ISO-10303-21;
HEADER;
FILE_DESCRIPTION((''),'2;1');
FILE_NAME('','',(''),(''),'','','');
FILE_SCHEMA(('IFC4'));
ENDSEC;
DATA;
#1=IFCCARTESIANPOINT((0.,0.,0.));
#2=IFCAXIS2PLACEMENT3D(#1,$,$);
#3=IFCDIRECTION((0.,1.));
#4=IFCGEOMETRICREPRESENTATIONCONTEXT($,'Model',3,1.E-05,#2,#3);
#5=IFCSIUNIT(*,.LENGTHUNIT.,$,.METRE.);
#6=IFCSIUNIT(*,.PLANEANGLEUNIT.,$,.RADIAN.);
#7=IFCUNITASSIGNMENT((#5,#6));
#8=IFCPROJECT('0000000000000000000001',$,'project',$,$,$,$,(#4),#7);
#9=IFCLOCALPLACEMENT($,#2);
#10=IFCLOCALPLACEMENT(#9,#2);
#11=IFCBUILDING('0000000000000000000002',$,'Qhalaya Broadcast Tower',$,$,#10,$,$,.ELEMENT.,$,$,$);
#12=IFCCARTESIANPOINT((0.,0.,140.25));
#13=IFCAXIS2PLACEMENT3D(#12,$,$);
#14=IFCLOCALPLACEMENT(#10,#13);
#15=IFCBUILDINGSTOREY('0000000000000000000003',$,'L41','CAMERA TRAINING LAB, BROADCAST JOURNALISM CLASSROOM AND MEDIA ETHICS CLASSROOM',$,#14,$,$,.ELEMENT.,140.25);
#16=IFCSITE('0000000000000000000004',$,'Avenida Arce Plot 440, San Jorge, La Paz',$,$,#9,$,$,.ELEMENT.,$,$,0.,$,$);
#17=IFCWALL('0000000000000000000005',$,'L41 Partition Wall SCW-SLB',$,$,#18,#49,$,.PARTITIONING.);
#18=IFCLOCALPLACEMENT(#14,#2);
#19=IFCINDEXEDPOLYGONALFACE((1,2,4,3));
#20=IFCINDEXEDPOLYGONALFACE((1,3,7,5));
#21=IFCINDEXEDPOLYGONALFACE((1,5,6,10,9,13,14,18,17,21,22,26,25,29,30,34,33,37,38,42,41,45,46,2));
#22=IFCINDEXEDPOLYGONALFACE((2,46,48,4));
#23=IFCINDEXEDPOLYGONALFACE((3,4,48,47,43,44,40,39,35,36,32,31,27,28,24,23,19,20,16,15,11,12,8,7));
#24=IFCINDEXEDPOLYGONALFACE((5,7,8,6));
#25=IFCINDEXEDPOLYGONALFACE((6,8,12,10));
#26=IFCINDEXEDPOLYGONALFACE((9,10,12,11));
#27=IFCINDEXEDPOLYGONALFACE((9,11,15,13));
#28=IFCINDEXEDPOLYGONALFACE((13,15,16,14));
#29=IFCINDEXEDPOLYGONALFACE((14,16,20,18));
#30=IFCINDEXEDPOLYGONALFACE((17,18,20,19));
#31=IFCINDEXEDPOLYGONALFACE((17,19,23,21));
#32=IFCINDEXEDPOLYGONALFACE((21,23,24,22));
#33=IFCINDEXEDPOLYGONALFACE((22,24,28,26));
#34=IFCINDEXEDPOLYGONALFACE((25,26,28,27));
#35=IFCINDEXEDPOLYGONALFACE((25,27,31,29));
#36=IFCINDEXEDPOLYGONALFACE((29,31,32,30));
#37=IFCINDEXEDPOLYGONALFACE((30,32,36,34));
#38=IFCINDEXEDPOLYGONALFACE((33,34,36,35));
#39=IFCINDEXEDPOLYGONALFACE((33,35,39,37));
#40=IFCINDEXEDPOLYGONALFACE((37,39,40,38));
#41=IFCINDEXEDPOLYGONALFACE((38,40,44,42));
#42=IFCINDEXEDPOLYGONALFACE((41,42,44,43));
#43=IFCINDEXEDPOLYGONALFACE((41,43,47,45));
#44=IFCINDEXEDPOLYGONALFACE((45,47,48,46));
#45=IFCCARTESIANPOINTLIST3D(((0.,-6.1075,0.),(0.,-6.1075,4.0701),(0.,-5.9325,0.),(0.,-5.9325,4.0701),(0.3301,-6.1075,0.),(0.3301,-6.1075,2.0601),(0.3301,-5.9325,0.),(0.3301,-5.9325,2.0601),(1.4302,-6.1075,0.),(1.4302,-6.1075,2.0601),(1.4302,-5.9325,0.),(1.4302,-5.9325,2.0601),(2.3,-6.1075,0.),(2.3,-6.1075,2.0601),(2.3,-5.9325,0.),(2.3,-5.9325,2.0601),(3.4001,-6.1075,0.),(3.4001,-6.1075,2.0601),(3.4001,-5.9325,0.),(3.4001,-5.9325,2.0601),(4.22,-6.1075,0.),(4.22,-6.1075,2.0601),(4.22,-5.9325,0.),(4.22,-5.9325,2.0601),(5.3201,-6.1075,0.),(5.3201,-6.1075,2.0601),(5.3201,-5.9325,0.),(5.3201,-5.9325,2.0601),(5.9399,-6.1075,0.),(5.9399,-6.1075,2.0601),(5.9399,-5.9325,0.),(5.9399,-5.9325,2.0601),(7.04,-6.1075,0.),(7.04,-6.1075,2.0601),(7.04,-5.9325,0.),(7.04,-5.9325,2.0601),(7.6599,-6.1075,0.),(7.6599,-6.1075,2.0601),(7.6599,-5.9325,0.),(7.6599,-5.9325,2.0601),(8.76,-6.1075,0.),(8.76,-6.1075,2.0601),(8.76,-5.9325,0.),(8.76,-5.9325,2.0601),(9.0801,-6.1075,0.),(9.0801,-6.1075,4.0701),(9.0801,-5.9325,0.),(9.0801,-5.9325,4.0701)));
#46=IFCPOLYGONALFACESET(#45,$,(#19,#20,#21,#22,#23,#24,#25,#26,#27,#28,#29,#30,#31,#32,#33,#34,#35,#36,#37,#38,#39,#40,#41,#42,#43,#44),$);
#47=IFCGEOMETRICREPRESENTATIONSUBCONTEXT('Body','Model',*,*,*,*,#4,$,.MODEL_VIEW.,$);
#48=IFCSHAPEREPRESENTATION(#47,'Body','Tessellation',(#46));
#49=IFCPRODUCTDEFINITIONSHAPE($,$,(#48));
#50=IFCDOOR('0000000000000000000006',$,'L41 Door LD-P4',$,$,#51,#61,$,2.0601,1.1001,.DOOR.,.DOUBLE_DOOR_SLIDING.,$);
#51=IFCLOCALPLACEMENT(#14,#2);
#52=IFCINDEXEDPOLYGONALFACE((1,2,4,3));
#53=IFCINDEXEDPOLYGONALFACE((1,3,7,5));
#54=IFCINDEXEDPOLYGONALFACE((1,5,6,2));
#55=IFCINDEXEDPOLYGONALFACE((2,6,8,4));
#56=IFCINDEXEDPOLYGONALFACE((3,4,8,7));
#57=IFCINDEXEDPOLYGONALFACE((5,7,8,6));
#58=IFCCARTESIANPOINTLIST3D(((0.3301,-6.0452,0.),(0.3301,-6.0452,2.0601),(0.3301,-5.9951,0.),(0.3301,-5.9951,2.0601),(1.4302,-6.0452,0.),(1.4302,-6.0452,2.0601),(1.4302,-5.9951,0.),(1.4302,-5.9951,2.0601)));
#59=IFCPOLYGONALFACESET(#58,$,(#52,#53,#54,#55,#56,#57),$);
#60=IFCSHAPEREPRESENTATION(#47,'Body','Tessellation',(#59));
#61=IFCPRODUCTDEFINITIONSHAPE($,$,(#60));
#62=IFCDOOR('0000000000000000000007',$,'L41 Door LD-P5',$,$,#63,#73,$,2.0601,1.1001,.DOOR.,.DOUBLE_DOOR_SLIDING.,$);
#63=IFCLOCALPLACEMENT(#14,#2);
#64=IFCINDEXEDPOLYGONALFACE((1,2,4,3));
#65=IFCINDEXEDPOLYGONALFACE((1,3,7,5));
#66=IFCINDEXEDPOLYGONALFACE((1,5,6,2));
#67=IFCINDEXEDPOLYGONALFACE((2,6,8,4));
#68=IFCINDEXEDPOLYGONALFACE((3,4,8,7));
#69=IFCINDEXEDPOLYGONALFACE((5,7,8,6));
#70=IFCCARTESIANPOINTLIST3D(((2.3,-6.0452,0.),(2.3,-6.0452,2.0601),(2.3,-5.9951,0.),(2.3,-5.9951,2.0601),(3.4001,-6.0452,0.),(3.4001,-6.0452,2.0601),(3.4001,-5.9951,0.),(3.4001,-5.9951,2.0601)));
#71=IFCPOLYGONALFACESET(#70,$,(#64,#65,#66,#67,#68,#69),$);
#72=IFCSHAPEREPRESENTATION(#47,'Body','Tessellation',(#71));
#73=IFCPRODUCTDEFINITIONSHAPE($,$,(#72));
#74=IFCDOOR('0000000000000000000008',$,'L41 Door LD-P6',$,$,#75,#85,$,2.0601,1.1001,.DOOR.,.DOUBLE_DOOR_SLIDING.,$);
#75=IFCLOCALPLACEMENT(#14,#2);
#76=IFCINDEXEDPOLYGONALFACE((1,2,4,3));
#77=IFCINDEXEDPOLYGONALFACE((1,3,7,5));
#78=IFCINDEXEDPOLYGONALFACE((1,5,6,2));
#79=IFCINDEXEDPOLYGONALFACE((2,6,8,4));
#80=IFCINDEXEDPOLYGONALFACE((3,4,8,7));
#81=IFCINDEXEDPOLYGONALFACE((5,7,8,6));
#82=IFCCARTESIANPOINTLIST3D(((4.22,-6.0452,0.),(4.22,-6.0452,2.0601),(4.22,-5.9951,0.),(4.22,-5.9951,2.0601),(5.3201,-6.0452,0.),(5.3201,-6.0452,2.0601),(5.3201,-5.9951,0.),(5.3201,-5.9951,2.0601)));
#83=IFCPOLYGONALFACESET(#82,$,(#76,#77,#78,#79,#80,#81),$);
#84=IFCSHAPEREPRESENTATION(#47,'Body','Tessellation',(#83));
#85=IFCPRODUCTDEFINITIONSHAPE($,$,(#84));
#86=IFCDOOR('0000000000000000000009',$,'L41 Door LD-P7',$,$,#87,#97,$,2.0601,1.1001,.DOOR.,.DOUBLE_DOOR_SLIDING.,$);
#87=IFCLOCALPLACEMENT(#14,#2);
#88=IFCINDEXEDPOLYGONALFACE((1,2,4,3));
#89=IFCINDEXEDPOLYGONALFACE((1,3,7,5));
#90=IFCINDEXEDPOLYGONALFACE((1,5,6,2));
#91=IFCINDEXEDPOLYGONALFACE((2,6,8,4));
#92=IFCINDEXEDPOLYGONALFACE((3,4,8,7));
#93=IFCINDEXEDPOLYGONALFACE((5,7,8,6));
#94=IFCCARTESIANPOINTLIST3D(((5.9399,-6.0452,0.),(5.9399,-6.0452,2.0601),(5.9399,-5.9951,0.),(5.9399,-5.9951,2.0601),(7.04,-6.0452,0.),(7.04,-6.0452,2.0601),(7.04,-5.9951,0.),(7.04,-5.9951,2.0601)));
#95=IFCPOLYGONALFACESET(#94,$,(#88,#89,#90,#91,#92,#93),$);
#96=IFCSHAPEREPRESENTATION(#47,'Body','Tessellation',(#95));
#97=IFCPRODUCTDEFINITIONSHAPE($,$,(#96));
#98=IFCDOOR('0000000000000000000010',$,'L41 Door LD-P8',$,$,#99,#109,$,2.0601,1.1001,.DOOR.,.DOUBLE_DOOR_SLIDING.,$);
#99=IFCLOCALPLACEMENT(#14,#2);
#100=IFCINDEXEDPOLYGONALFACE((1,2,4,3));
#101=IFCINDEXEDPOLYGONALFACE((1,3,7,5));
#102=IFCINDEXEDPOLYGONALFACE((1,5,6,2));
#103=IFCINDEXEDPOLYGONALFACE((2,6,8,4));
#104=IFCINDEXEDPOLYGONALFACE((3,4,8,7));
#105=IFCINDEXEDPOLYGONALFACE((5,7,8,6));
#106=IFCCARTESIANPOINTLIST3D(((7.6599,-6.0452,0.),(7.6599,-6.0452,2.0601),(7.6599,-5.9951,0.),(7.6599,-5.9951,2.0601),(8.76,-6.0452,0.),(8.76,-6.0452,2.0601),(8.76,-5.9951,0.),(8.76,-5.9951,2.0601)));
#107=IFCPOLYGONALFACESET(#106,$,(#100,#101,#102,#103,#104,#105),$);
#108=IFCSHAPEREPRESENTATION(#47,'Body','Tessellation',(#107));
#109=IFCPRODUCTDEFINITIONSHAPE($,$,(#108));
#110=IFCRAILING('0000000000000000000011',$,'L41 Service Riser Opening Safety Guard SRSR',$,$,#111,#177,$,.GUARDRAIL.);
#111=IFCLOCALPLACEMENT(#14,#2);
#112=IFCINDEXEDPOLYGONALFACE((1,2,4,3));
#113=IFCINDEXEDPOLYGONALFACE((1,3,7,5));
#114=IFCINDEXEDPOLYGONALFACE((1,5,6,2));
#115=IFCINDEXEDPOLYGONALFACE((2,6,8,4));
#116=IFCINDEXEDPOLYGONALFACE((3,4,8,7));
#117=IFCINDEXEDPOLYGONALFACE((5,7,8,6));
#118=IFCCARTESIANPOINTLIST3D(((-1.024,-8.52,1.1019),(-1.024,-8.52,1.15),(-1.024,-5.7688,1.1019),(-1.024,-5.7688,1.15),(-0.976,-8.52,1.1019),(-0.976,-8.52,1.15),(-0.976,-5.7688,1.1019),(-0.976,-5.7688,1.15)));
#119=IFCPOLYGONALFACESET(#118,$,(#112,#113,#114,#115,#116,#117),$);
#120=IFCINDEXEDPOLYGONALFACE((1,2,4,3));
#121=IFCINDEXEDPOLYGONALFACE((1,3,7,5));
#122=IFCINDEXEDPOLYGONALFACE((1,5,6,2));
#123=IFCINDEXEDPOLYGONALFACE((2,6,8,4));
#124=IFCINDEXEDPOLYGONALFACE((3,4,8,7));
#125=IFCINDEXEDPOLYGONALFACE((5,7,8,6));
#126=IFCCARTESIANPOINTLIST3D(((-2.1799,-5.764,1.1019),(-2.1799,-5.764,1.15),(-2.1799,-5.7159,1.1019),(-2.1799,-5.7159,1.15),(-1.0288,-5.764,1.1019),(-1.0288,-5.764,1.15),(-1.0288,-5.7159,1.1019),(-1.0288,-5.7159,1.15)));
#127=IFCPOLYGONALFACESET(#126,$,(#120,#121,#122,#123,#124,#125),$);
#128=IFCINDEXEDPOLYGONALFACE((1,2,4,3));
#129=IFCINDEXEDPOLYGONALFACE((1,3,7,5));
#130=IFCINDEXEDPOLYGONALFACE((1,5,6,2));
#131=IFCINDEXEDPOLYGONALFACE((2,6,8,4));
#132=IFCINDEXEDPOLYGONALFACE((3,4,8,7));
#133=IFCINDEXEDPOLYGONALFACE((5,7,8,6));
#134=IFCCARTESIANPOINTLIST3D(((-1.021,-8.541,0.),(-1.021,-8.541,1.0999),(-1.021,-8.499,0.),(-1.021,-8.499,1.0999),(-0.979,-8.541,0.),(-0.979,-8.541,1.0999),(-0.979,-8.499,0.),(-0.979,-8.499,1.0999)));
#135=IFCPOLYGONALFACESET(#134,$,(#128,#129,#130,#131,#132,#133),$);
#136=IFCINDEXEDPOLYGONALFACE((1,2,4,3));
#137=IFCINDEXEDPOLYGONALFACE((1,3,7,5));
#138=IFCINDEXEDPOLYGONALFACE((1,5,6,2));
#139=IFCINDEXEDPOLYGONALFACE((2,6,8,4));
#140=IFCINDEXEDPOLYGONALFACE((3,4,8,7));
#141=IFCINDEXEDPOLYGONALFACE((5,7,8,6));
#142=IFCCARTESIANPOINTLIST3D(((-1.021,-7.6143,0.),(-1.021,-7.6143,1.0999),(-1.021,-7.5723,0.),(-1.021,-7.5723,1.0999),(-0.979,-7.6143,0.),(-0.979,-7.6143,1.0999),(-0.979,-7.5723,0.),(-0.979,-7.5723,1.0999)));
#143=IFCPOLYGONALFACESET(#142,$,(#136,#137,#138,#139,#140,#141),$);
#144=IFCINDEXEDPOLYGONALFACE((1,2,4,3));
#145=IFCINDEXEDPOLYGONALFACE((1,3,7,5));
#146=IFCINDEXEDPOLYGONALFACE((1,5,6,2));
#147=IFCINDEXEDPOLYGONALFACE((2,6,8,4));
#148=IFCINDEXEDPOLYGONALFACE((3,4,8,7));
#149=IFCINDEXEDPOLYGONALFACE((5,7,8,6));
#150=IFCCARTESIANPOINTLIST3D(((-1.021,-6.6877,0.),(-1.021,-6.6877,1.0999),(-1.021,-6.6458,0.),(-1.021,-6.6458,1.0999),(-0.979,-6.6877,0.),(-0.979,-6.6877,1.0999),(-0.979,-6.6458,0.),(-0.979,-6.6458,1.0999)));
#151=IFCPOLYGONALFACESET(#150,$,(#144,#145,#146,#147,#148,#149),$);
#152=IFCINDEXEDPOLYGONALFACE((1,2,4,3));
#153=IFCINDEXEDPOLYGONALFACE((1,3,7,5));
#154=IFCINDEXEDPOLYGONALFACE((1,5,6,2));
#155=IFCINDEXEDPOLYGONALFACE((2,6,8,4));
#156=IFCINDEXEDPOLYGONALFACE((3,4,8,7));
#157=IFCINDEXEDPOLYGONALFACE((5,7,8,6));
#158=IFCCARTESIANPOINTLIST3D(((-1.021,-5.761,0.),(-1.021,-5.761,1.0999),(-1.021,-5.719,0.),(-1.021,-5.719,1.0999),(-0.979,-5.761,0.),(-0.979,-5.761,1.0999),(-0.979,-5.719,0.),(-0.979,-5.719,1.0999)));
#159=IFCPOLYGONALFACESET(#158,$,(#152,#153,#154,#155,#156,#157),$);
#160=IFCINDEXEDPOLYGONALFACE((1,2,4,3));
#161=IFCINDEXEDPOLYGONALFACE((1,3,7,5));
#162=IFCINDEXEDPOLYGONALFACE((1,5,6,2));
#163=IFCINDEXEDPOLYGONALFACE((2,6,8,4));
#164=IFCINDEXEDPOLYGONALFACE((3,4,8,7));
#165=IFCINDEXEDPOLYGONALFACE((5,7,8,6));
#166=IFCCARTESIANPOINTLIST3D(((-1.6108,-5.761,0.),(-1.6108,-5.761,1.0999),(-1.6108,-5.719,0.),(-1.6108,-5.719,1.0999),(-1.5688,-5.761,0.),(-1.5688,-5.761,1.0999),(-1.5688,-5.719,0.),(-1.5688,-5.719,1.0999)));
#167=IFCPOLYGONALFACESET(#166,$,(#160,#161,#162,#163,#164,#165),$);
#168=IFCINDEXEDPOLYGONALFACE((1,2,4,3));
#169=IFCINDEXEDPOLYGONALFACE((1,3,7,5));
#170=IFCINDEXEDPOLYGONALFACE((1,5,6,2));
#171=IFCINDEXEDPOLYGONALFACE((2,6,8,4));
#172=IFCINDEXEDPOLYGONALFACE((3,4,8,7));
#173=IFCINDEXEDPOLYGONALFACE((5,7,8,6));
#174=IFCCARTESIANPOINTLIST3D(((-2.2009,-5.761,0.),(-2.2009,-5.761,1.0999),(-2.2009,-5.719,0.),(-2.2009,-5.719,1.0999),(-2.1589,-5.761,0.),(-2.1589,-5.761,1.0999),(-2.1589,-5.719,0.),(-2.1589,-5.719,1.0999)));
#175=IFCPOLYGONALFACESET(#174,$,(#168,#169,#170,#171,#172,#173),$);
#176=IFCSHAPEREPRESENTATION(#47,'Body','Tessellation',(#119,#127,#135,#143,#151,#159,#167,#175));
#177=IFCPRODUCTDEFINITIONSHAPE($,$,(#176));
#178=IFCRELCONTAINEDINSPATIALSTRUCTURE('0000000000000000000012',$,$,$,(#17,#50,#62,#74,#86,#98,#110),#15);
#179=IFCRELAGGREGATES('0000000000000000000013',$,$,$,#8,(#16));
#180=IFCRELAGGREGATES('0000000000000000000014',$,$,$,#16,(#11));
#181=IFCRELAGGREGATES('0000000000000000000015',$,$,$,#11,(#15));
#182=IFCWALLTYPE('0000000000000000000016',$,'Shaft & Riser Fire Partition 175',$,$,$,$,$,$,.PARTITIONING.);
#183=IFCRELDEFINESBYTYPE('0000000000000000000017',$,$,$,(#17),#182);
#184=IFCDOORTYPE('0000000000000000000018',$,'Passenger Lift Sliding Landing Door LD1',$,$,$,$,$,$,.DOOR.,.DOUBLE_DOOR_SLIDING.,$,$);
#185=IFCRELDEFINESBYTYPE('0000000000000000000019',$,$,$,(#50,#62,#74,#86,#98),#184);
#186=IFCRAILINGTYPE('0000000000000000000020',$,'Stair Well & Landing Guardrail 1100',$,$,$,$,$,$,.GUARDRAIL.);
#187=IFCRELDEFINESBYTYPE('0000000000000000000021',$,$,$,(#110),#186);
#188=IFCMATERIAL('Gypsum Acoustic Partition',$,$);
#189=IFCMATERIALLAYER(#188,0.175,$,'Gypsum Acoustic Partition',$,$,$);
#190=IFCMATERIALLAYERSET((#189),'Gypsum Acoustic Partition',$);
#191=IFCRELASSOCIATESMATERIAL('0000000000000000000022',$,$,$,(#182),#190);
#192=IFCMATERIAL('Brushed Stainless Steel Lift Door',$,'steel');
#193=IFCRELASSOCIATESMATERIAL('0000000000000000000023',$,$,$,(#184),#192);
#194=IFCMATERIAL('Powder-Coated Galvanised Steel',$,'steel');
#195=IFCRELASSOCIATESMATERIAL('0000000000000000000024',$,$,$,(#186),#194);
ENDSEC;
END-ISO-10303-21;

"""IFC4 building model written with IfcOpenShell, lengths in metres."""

from ifc_helpers import new_model, si_unit, direction, frame, frame_2d, origin, origin_2d, place, context, subcontext, project, spatial, rectangle, extrude, material, layer, layer_set, type_object, element, fill, save


model = new_model("IFC4")

# Units and contexts
model_context = context("Model", 3, precision=1e-05, world=origin(), true_north=direction((0.0, 1.0)))
body_context = subcontext(model_context, "Body", "Model", "MODEL_VIEW")
ifc_project = project(units=[si_unit("LENGTHUNIT", "METRE"), si_unit("PLANEANGLEUNIT", "RADIAN")], contexts=[model_context])

# Site, building, storey
site_placement = place(None, origin())
site = spatial("IfcSite", under=ifc_project, at=site_placement, Name="Avenida Arce Plot 440, San Jorge, La Paz", CompositionType="ELEMENT", RefElevation=0.0)
building_placement = place(site_placement, origin())
building = spatial("IfcBuilding", under=site, at=building_placement, Name="Qhalaya Broadcast Tower", CompositionType="ELEMENT")
storey_placement = place(building_placement, frame((0.0, 0.0, 140.25)))
storey = spatial("IfcBuildingStorey", under=building, at=storey_placement, Name="L41", Description="CAMERA TRAINING LAB, BROADCAST JOURNALISM CLASSROOM AND MEDIA ETHICS CLASSROOM", CompositionType="ELEMENT", Elevation=140.25)

# Shared definitions
ifc_material_1 = material(Name="Gypsum Acoustic Partition")

# Shared definitions
ifc_layer_1 = layer(ifc_material_1, 0.175, Name="Gypsum Acoustic Partition")
ifc_layer_set_1 = layer_set([ifc_layer_1], Name="Gypsum Acoustic Partition")
wall_type_1 = type_object("IfcWallType", Name="Shaft & Riser Fire Partition 175", PredefinedType="PARTITIONING", material=ifc_layer_set_1)

# Wall, openings, doors
wall_1_placement = place(storey_placement, frame((0.0, -6.02, 0.0), z_axis=(0.0, 0.0, 1.0), x_axis=(1.0, 0.0, 0.0)))
wall_1 = element("IfcWall", 1, at=wall_1_placement, inside=storey, type_object=wall_type_1, Name="L41 Partition Wall SCW-SLB", PredefinedType="PARTITIONING", context=body_context, shape_type="SweptSolid", body=[
    extrude(rectangle(XDim=9.0801, YDim=0.175, at=frame_2d((4.54, 0.0))), origin(), (0.0, 0.0, 1.0), 4.0701),
])
opening_1_placement = place(wall_1_placement, frame((0.3301, 0.0, 0.0)))
opening_1 = element("IfcOpeningElement", 2, at=opening_1_placement, cuts=wall_1, PredefinedType="OPENING", context=body_context, shape_type="SweptSolid", body=[
    extrude(rectangle(XDim=1.1001, YDim=2.0601, at=frame_2d((0.55, 1.03))), frame((0.0, 0.0996, 0.0), z_axis=(0.0, -1.0, 0.0), x_axis=(1.0, 0.0, 0.0)), (0.0, 0.0, 1.0), 0.199),
])
opening_2_placement = place(wall_1_placement, frame((2.3, 0.0, 0.0)))
opening_2 = element("IfcOpeningElement", 3, at=opening_2_placement, cuts=wall_1, PredefinedType="OPENING", context=body_context, shape_type="SweptSolid", body=[
    extrude(rectangle(XDim=1.1001, YDim=2.0601, at=frame_2d((0.55, 1.03))), frame((0.0, 0.0996, 0.0), z_axis=(0.0, -1.0, 0.0), x_axis=(1.0, 0.0, 0.0)), (0.0, 0.0, 1.0), 0.199),
])
opening_3_placement = place(wall_1_placement, frame((4.22, 0.0, 0.0)))
opening_3 = element("IfcOpeningElement", 4, at=opening_3_placement, cuts=wall_1, PredefinedType="OPENING", context=body_context, shape_type="SweptSolid", body=[
    extrude(rectangle(XDim=1.1001, YDim=2.0601, at=frame_2d((0.55, 1.03))), frame((0.0, 0.0996, 0.0), z_axis=(0.0, -1.0, 0.0), x_axis=(1.0, 0.0, 0.0)), (0.0, 0.0, 1.0), 0.199),
])
opening_4_placement = place(wall_1_placement, frame((5.9399, 0.0, 0.0)))
opening_4 = element("IfcOpeningElement", 5, at=opening_4_placement, cuts=wall_1, PredefinedType="OPENING", context=body_context, shape_type="SweptSolid", body=[
    extrude(rectangle(XDim=1.1001, YDim=2.0601, at=frame_2d((0.55, 1.03))), frame((0.0, 0.0996, 0.0), z_axis=(0.0, -1.0, 0.0), x_axis=(1.0, 0.0, 0.0)), (0.0, 0.0, 1.0), 0.199),
])
opening_5_placement = place(wall_1_placement, frame((7.6599, 0.0, 0.0)))
opening_5 = element("IfcOpeningElement", 6, at=opening_5_placement, cuts=wall_1, PredefinedType="OPENING", context=body_context, shape_type="SweptSolid", body=[
    extrude(rectangle(XDim=1.1001, YDim=2.0601, at=frame_2d((0.55, 1.03))), frame((0.0, 0.0996, 0.0), z_axis=(0.0, -1.0, 0.0), x_axis=(1.0, 0.0, 0.0)), (0.0, 0.0, 1.0), 0.199),
])
ifc_material_2 = material(Name="Brushed Stainless Steel Lift Door", Category="steel")
door_type_1 = type_object("IfcDoorType", Name="Passenger Lift Sliding Landing Door LD1", OperationType="DOUBLE_DOOR_SLIDING", PredefinedType="DOOR", material=ifc_material_2)
door_1_placement = place(opening_1_placement, origin())
door_1 = element("IfcDoor", 7, at=door_1_placement, inside=storey, type_object=door_type_1, Name="L41 Door LD-P4", OperationType="DOUBLE_DOOR_SLIDING", OverallHeight=2.0601, OverallWidth=1.1001, PredefinedType="DOOR", context=body_context, shape_type="SweptSolid", body=[
    extrude(rectangle(XDim=1.1001, YDim=2.0601, at=frame_2d((0.55, 1.03))), frame((0.0, 0.0249, 0.0), z_axis=(0.0, -1.0, 0.0), x_axis=(1.0, 0.0, 0.0)), (0.0, 0.0, 1.0), 0.05),
])
fill(opening_1, door_1)
door_2_placement = place(opening_2_placement, origin())
door_2 = element("IfcDoor", 8, at=door_2_placement, inside=storey, type_object=door_type_1, Name="L41 Door LD-P5", OperationType="DOUBLE_DOOR_SLIDING", OverallHeight=2.0601, OverallWidth=1.1001, PredefinedType="DOOR", context=body_context, shape_type="SweptSolid", body=[
    extrude(rectangle(XDim=1.1001, YDim=2.0601, at=frame_2d((0.55, 1.03))), frame((0.0, 0.0249, 0.0), z_axis=(0.0, -1.0, 0.0), x_axis=(1.0, 0.0, 0.0)), (0.0, 0.0, 1.0), 0.05),
])
fill(opening_2, door_2)
door_3_placement = place(opening_3_placement, origin())
door_3 = element("IfcDoor", 9, at=door_3_placement, inside=storey, type_object=door_type_1, Name="L41 Door LD-P6", OperationType="DOUBLE_DOOR_SLIDING", OverallHeight=2.0601, OverallWidth=1.1001, PredefinedType="DOOR", context=body_context, shape_type="SweptSolid", body=[
    extrude(rectangle(XDim=1.1001, YDim=2.0601, at=frame_2d((0.55, 1.03))), frame((0.0, 0.0249, 0.0), z_axis=(0.0, -1.0, 0.0), x_axis=(1.0, 0.0, 0.0)), (0.0, 0.0, 1.0), 0.05),
])
fill(opening_3, door_3)
door_4_placement = place(opening_4_placement, origin())
door_4 = element("IfcDoor", 10, at=door_4_placement, inside=storey, type_object=door_type_1, Name="L41 Door LD-P7", OperationType="DOUBLE_DOOR_SLIDING", OverallHeight=2.0601, OverallWidth=1.1001, PredefinedType="DOOR", context=body_context, shape_type="SweptSolid", body=[
    extrude(rectangle(XDim=1.1001, YDim=2.0601, at=frame_2d((0.55, 1.03))), frame((0.0, 0.0249, 0.0), z_axis=(0.0, -1.0, 0.0), x_axis=(1.0, 0.0, 0.0)), (0.0, 0.0, 1.0), 0.05),
])
fill(opening_4, door_4)
door_5_placement = place(opening_5_placement, origin())
door_5 = element("IfcDoor", 11, at=door_5_placement, inside=storey, type_object=door_type_1, Name="L41 Door LD-P8", OperationType="DOUBLE_DOOR_SLIDING", OverallHeight=2.0601, OverallWidth=1.1001, PredefinedType="DOOR", context=body_context, shape_type="SweptSolid", body=[
    extrude(rectangle(XDim=1.1001, YDim=2.0601, at=frame_2d((0.55, 1.03))), frame((0.0, 0.0249, 0.0), z_axis=(0.0, -1.0, 0.0), x_axis=(1.0, 0.0, 0.0)), (0.0, 0.0, 1.0), 0.05),
])
fill(opening_5, door_5)

# Railing
ifc_material_3 = material(Name="Powder-Coated Galvanised Steel", Category="steel")
railing_type = type_object("IfcRailingType", Name="Stair Well & Landing Guardrail 1100", PredefinedType="GUARDRAIL", material=ifc_material_3)
railing_placement = place(storey_placement, frame((-1.0, -8.52, 0.0)))
element("IfcRailing", 12, at=railing_placement, inside=storey, type_object=railing_type, Name="L41 Service Riser Opening Safety Guard SRSR", PredefinedType="GUARDRAIL", context=body_context, shape_type="SweptSolid", body=[
    extrude(rectangle(XDim=0.0481, YDim=0.0481, at=origin_2d()), frame((0.0, 0.0, 1.126), z_axis=(0.0, 1.0, 0.0), x_axis=(-1.0, 0.0, 0.0)), (0.0, 0.0, 1.0), 2.7512),
    extrude(rectangle(XDim=0.0481, YDim=0.0481, at=origin_2d()), frame((-0.0288, 2.78, 1.126), z_axis=(-1.0, 0.0, 0.0), x_axis=(0.0, -1.0, 0.0)), (0.0, 0.0, 1.0), 1.1511),
    extrude(rectangle(XDim=0.042, YDim=0.042, at=origin_2d()), origin(), (0.0, 0.0, 1.0), 1.0999),
    extrude(rectangle(XDim=0.042, YDim=0.042, at=origin_2d()), frame((0.0, 0.9268, 0.0)), (0.0, 0.0, 1.0), 1.0999),
    extrude(rectangle(XDim=0.042, YDim=0.042, at=origin_2d()), frame((0.0, 1.8533, 0.0)), (0.0, 0.0, 1.0), 1.0999),
    extrude(rectangle(XDim=0.042, YDim=0.042, at=origin_2d()), frame((0.0, 2.78, 0.0)), (0.0, 0.0, 1.0), 1.0999),
    extrude(rectangle(XDim=0.042, YDim=0.042, at=origin_2d()), frame((-0.5898, 2.78, 0.0)), (0.0, 0.0, 1.0), 1.0999),
    extrude(rectangle(XDim=0.042, YDim=0.042, at=origin_2d()), frame((-1.1799, 2.78, 0.0)), (0.0, 0.0, 1.0), 1.0999),
])

save(model, "model.ifc")
